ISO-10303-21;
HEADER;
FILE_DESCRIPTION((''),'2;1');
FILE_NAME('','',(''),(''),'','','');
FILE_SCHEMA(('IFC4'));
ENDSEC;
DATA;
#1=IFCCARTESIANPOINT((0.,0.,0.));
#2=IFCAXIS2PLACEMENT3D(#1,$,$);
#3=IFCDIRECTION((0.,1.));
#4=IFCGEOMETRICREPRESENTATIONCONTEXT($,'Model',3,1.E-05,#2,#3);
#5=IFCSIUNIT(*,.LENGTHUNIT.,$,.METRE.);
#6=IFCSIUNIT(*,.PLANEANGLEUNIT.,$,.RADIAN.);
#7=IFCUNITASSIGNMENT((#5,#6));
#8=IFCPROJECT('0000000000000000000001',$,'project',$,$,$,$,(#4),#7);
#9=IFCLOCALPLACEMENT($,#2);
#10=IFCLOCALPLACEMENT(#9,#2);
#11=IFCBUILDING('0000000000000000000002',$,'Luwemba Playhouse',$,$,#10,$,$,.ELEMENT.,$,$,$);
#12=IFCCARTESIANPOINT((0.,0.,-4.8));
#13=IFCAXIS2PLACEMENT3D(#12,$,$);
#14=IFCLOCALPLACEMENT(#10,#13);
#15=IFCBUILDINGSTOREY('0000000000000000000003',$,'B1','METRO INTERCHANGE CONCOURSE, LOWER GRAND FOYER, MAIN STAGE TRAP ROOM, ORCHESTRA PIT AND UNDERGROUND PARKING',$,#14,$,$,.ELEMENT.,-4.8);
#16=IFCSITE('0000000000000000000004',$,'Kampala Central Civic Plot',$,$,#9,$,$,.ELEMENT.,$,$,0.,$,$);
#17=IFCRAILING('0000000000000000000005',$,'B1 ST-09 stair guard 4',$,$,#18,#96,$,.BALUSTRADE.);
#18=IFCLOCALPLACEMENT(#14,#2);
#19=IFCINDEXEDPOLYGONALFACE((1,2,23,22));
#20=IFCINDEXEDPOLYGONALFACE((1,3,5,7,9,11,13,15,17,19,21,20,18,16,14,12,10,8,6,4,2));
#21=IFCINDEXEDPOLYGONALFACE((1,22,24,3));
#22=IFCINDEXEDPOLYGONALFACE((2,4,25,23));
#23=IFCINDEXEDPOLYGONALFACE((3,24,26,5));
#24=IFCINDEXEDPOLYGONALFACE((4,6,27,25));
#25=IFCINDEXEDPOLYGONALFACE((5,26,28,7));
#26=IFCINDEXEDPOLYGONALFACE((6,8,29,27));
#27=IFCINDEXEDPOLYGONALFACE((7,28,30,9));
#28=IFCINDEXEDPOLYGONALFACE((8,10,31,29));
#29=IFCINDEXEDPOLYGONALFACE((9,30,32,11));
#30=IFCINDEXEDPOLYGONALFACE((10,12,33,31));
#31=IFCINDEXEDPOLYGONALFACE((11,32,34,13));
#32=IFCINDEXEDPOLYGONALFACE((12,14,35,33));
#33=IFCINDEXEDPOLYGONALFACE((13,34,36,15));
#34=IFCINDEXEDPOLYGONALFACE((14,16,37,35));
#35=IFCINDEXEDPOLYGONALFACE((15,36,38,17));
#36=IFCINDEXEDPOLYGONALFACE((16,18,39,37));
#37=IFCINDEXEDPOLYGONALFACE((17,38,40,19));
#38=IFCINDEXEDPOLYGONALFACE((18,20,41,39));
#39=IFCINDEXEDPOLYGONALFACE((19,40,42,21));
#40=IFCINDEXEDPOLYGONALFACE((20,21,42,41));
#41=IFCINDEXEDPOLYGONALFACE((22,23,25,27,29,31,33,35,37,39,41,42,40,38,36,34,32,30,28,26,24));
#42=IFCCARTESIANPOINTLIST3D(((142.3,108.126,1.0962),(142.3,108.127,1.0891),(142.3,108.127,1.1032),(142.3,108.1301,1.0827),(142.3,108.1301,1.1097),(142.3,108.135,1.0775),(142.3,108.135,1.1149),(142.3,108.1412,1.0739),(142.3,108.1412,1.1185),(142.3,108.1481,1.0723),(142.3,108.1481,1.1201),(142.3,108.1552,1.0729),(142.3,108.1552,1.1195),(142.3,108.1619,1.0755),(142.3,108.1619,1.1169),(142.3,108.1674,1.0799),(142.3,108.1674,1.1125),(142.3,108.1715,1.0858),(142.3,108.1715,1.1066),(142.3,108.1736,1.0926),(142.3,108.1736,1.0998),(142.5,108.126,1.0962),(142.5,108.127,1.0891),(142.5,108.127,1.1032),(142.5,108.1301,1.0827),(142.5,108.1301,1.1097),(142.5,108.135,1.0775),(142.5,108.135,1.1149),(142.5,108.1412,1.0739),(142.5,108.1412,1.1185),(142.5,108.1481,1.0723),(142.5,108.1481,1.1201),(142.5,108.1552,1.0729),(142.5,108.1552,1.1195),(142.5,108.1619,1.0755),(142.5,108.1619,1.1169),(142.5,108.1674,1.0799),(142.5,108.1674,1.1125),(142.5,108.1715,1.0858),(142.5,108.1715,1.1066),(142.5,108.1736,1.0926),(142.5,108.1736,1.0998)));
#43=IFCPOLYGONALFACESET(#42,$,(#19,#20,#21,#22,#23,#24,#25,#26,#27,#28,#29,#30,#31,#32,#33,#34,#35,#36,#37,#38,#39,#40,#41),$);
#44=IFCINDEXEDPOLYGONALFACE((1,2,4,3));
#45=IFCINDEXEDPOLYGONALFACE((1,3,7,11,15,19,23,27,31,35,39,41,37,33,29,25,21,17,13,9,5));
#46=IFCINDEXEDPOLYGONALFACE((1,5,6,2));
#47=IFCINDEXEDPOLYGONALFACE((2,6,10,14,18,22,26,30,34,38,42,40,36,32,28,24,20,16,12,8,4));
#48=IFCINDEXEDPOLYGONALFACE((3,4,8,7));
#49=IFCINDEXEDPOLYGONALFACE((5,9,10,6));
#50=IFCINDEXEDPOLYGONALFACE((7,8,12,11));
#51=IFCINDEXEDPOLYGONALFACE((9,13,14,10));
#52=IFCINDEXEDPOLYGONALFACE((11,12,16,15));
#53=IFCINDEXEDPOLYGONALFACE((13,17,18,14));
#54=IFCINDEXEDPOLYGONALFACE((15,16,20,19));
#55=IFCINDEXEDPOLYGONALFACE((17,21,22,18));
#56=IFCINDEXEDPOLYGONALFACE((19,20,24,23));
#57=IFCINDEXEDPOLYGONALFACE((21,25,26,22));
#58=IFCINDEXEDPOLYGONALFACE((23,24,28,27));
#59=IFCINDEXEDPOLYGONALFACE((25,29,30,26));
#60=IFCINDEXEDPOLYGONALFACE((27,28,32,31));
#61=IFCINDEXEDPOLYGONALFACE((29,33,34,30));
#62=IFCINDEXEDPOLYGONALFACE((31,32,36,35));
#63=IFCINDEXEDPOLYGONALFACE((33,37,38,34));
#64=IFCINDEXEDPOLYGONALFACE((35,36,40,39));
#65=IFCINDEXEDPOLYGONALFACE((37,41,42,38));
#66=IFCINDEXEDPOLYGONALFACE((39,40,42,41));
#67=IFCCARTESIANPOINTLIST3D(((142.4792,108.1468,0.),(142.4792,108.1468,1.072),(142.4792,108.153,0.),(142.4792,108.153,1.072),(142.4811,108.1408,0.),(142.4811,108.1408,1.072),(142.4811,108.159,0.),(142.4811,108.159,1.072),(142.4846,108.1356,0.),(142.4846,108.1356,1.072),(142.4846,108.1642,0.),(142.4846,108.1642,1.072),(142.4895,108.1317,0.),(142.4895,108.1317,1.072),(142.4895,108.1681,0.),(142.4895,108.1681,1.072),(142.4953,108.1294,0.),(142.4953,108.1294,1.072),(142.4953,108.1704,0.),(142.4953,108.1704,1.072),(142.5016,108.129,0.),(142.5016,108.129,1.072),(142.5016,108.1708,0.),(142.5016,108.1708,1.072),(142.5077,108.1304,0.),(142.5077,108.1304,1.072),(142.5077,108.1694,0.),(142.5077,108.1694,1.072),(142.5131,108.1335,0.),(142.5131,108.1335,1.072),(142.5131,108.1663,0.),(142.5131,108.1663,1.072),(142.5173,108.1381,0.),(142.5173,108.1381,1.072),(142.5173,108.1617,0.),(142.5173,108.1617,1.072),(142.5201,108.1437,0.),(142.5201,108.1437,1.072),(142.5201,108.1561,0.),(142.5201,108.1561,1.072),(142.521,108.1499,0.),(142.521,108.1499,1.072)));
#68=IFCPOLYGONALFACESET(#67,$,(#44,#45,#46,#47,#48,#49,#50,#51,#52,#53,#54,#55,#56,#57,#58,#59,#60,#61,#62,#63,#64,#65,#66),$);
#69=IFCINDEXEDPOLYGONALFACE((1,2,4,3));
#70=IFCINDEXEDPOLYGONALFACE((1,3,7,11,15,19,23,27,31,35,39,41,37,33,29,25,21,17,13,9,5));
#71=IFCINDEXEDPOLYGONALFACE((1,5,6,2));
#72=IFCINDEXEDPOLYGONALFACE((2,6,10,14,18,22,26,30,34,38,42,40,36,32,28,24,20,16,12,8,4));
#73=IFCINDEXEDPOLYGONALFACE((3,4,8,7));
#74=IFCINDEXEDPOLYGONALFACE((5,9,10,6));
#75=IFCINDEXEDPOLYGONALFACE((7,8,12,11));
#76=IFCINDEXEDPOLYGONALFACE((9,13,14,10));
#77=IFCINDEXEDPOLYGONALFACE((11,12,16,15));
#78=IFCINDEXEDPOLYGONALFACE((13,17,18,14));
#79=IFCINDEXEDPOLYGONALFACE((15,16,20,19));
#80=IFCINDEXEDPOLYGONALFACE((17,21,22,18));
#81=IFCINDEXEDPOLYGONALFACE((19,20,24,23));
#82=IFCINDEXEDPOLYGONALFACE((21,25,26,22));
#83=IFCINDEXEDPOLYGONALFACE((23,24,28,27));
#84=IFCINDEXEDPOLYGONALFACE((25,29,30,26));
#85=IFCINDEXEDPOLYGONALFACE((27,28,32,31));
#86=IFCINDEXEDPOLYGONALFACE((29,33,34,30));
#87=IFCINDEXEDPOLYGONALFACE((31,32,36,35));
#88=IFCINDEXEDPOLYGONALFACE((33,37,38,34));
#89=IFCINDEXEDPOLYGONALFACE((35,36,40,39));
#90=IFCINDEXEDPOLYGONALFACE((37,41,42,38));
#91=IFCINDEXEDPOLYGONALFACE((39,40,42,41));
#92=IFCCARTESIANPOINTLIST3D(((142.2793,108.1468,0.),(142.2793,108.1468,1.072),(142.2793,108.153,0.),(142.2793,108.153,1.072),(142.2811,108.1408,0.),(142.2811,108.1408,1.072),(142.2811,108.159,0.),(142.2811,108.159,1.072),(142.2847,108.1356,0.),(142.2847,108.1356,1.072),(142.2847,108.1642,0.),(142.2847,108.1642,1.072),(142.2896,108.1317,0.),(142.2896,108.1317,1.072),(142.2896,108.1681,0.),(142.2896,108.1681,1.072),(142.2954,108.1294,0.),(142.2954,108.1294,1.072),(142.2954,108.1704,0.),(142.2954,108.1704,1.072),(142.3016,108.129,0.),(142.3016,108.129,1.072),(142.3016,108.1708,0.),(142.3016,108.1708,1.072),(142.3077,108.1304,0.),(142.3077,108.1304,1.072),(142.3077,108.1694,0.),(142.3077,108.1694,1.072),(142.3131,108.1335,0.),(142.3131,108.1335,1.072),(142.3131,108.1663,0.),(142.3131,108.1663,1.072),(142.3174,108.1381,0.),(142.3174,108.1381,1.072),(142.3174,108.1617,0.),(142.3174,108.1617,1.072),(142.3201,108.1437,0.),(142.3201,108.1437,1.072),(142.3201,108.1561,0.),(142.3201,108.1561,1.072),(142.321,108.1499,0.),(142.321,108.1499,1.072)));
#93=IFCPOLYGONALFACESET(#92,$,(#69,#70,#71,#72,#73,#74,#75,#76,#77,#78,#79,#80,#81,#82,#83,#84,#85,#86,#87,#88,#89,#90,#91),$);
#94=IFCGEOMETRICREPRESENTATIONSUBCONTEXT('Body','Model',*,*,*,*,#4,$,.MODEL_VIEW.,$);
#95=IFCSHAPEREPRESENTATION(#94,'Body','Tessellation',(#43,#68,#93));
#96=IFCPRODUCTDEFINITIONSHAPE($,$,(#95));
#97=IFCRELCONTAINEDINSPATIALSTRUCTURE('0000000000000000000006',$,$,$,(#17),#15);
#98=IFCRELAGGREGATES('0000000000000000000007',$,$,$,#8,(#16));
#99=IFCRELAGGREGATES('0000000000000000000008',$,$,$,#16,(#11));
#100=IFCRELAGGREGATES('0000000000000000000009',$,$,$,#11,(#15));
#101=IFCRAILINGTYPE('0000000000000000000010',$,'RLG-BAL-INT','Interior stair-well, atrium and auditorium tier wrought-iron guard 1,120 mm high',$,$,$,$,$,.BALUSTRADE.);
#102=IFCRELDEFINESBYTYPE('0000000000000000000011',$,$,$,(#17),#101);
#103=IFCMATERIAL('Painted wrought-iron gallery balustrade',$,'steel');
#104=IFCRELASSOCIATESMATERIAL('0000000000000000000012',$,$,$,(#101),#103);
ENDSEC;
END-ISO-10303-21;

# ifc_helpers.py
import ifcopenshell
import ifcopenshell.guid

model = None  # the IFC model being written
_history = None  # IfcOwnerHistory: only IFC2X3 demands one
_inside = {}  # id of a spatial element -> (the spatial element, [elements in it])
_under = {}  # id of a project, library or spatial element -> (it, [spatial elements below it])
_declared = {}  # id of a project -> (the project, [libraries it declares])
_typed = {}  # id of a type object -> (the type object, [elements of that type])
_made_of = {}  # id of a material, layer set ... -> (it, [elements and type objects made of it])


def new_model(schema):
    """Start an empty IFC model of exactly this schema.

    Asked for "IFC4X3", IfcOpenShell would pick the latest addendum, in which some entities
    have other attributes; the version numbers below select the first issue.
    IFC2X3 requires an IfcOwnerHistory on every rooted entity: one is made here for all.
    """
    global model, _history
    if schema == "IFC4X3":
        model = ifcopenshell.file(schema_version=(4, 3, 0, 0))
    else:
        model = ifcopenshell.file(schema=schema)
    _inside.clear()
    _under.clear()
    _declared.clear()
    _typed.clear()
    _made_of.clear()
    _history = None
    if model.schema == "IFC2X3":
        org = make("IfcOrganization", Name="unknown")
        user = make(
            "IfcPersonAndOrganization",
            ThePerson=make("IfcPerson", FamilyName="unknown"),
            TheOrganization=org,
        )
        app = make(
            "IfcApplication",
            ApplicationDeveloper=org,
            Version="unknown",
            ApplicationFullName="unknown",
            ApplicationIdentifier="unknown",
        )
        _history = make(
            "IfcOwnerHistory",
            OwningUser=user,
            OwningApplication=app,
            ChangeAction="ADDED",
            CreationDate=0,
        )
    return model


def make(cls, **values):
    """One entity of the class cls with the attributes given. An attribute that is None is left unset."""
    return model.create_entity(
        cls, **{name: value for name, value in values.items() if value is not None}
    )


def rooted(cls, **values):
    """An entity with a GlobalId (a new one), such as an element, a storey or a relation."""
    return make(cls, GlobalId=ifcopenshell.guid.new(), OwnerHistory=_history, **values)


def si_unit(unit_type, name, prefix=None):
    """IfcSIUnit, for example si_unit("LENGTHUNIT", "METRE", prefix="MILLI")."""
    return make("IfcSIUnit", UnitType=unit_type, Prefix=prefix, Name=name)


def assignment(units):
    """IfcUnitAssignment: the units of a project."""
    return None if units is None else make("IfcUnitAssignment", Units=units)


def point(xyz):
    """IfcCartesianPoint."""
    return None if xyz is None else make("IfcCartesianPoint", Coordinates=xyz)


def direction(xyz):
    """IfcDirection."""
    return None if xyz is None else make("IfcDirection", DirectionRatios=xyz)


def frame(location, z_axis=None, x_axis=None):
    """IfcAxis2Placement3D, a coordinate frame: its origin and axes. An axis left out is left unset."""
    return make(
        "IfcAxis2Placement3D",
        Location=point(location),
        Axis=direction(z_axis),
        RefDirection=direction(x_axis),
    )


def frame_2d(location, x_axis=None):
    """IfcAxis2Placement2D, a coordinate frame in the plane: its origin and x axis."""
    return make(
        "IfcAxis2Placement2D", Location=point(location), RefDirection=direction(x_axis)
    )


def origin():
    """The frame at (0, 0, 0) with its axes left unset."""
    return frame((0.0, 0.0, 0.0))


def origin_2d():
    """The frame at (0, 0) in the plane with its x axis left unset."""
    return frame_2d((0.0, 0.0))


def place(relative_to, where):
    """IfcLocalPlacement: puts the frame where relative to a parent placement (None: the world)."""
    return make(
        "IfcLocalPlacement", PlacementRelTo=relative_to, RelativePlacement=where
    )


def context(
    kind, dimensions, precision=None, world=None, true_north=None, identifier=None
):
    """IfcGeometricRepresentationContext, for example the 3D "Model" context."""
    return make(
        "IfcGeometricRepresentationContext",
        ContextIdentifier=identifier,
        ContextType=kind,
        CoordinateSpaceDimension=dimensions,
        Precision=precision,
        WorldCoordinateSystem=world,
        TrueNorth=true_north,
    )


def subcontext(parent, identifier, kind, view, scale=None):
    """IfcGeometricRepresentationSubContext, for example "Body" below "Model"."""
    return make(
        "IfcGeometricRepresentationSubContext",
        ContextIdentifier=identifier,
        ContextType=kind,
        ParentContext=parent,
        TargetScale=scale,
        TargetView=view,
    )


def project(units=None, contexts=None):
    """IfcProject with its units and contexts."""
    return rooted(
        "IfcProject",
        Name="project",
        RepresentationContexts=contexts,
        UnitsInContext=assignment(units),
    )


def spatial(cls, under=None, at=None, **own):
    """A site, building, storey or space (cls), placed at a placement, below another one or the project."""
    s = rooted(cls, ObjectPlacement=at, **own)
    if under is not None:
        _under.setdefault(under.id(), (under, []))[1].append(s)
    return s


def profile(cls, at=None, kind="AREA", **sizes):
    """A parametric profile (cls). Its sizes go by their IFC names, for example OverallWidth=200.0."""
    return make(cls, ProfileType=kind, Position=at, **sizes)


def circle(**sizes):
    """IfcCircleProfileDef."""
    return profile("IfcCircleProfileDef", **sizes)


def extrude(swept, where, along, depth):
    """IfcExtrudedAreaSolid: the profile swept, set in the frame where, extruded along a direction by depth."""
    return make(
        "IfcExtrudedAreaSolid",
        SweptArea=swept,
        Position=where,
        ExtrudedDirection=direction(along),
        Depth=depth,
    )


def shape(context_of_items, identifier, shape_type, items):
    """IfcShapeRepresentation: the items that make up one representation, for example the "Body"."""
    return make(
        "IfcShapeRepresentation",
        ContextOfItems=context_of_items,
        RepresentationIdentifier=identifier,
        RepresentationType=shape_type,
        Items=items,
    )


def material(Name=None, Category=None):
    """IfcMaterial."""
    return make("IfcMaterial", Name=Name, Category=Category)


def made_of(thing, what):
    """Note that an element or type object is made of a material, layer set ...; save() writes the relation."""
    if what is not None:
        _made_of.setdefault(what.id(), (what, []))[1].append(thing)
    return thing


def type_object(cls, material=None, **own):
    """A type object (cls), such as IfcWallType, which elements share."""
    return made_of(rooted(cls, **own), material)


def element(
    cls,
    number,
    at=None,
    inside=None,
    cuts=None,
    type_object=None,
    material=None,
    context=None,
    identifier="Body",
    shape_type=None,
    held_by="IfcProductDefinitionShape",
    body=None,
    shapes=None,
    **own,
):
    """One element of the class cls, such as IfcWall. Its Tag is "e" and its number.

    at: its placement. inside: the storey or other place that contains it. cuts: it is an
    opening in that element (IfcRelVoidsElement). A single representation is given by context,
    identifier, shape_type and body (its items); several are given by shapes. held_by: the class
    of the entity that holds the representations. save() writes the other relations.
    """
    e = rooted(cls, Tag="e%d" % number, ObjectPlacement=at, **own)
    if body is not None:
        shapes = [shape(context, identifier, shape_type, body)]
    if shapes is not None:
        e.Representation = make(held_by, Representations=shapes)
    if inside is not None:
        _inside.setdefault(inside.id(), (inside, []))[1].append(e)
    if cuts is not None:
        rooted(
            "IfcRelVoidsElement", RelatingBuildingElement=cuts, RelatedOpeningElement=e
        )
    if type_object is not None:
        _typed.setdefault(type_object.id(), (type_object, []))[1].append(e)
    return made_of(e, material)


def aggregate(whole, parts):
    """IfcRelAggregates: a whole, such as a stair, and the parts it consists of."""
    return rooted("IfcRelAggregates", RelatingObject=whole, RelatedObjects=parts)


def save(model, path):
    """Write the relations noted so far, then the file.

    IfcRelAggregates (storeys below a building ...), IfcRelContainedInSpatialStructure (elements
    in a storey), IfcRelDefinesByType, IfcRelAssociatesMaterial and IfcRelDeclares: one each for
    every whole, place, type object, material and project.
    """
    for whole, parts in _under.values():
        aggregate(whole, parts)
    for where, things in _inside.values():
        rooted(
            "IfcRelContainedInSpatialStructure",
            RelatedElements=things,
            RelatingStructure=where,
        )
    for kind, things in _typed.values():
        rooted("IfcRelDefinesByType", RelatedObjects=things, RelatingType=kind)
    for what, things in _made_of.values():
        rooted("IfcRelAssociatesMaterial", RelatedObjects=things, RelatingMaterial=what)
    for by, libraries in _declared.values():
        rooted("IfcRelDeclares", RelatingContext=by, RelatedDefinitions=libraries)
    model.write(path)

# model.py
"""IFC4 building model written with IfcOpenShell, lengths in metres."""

from ifc_helpers import new_model, si_unit, direction, frame, origin, origin_2d, place, context, subcontext, project, spatial, circle, extrude, material, type_object, element, save


model = new_model("IFC4")

# Units and contexts
model_context = context("Model", 3, precision=1e-05, world=origin(), true_north=direction((0.0, 1.0)))
body_context = subcontext(model_context, "Body", "Model", "MODEL_VIEW")
ifc_project = project(units=[si_unit("LENGTHUNIT", "METRE"), si_unit("PLANEANGLEUNIT", "RADIAN")], contexts=[model_context])

# Site, building, storey
site_placement = place(None, origin())
site = spatial("IfcSite", under=ifc_project, at=site_placement, Name="Kampala Central Civic Plot", CompositionType="ELEMENT", RefElevation=0.0)
building_placement = place(site_placement, origin())
building = spatial("IfcBuilding", under=site, at=building_placement, Name="Luwemba Playhouse", CompositionType="ELEMENT")
storey_placement = place(building_placement, frame((0.0, 0.0, -4.8)))
storey = spatial("IfcBuildingStorey", under=building, at=storey_placement, Name="B1", Description="METRO INTERCHANGE CONCOURSE, LOWER GRAND FOYER, MAIN STAGE TRAP ROOM, ORCHESTRA PIT AND UNDERGROUND PARKING", CompositionType="ELEMENT", Elevation=-4.8)

# Railing
ifc_material_1 = material(Name="Painted wrought-iron gallery balustrade", Category="steel")
railing_type_1 = type_object("IfcRailingType", Name="RLG-BAL-INT", Description="Interior stair-well, atrium and auditorium tier wrought-iron guard 1,120 mm high", PredefinedType="BALUSTRADE", material=ifc_material_1)
railing_1_placement = place(storey_placement, frame((142.5, 108.1499, 0.0)))
element("IfcRailing", 1, at=railing_1_placement, inside=storey, type_object=railing_type_1, Name="B1 ST-09 stair guard 4", PredefinedType="BALUSTRADE", context=body_context, shape_type="SweptSolid", body=[
    extrude(circle(Radius=0.0239, at=origin_2d()), frame((0.0, 0.0, 1.0962), z_axis=(-1.0, 0.0, 0.0), x_axis=(0.0, -1.0, 0.0)), (0.0, 0.0, 1.0), 0.2),
    extrude(circle(Radius=0.021, at=origin_2d()), origin(), (0.0, 0.0, 1.0), 1.072),
    extrude(circle(Radius=0.021, at=origin_2d()), frame((-0.2, 0.0, 0.0)), (0.0, 0.0, 1.0), 1.072),
])

save(model, "model.ifc")
